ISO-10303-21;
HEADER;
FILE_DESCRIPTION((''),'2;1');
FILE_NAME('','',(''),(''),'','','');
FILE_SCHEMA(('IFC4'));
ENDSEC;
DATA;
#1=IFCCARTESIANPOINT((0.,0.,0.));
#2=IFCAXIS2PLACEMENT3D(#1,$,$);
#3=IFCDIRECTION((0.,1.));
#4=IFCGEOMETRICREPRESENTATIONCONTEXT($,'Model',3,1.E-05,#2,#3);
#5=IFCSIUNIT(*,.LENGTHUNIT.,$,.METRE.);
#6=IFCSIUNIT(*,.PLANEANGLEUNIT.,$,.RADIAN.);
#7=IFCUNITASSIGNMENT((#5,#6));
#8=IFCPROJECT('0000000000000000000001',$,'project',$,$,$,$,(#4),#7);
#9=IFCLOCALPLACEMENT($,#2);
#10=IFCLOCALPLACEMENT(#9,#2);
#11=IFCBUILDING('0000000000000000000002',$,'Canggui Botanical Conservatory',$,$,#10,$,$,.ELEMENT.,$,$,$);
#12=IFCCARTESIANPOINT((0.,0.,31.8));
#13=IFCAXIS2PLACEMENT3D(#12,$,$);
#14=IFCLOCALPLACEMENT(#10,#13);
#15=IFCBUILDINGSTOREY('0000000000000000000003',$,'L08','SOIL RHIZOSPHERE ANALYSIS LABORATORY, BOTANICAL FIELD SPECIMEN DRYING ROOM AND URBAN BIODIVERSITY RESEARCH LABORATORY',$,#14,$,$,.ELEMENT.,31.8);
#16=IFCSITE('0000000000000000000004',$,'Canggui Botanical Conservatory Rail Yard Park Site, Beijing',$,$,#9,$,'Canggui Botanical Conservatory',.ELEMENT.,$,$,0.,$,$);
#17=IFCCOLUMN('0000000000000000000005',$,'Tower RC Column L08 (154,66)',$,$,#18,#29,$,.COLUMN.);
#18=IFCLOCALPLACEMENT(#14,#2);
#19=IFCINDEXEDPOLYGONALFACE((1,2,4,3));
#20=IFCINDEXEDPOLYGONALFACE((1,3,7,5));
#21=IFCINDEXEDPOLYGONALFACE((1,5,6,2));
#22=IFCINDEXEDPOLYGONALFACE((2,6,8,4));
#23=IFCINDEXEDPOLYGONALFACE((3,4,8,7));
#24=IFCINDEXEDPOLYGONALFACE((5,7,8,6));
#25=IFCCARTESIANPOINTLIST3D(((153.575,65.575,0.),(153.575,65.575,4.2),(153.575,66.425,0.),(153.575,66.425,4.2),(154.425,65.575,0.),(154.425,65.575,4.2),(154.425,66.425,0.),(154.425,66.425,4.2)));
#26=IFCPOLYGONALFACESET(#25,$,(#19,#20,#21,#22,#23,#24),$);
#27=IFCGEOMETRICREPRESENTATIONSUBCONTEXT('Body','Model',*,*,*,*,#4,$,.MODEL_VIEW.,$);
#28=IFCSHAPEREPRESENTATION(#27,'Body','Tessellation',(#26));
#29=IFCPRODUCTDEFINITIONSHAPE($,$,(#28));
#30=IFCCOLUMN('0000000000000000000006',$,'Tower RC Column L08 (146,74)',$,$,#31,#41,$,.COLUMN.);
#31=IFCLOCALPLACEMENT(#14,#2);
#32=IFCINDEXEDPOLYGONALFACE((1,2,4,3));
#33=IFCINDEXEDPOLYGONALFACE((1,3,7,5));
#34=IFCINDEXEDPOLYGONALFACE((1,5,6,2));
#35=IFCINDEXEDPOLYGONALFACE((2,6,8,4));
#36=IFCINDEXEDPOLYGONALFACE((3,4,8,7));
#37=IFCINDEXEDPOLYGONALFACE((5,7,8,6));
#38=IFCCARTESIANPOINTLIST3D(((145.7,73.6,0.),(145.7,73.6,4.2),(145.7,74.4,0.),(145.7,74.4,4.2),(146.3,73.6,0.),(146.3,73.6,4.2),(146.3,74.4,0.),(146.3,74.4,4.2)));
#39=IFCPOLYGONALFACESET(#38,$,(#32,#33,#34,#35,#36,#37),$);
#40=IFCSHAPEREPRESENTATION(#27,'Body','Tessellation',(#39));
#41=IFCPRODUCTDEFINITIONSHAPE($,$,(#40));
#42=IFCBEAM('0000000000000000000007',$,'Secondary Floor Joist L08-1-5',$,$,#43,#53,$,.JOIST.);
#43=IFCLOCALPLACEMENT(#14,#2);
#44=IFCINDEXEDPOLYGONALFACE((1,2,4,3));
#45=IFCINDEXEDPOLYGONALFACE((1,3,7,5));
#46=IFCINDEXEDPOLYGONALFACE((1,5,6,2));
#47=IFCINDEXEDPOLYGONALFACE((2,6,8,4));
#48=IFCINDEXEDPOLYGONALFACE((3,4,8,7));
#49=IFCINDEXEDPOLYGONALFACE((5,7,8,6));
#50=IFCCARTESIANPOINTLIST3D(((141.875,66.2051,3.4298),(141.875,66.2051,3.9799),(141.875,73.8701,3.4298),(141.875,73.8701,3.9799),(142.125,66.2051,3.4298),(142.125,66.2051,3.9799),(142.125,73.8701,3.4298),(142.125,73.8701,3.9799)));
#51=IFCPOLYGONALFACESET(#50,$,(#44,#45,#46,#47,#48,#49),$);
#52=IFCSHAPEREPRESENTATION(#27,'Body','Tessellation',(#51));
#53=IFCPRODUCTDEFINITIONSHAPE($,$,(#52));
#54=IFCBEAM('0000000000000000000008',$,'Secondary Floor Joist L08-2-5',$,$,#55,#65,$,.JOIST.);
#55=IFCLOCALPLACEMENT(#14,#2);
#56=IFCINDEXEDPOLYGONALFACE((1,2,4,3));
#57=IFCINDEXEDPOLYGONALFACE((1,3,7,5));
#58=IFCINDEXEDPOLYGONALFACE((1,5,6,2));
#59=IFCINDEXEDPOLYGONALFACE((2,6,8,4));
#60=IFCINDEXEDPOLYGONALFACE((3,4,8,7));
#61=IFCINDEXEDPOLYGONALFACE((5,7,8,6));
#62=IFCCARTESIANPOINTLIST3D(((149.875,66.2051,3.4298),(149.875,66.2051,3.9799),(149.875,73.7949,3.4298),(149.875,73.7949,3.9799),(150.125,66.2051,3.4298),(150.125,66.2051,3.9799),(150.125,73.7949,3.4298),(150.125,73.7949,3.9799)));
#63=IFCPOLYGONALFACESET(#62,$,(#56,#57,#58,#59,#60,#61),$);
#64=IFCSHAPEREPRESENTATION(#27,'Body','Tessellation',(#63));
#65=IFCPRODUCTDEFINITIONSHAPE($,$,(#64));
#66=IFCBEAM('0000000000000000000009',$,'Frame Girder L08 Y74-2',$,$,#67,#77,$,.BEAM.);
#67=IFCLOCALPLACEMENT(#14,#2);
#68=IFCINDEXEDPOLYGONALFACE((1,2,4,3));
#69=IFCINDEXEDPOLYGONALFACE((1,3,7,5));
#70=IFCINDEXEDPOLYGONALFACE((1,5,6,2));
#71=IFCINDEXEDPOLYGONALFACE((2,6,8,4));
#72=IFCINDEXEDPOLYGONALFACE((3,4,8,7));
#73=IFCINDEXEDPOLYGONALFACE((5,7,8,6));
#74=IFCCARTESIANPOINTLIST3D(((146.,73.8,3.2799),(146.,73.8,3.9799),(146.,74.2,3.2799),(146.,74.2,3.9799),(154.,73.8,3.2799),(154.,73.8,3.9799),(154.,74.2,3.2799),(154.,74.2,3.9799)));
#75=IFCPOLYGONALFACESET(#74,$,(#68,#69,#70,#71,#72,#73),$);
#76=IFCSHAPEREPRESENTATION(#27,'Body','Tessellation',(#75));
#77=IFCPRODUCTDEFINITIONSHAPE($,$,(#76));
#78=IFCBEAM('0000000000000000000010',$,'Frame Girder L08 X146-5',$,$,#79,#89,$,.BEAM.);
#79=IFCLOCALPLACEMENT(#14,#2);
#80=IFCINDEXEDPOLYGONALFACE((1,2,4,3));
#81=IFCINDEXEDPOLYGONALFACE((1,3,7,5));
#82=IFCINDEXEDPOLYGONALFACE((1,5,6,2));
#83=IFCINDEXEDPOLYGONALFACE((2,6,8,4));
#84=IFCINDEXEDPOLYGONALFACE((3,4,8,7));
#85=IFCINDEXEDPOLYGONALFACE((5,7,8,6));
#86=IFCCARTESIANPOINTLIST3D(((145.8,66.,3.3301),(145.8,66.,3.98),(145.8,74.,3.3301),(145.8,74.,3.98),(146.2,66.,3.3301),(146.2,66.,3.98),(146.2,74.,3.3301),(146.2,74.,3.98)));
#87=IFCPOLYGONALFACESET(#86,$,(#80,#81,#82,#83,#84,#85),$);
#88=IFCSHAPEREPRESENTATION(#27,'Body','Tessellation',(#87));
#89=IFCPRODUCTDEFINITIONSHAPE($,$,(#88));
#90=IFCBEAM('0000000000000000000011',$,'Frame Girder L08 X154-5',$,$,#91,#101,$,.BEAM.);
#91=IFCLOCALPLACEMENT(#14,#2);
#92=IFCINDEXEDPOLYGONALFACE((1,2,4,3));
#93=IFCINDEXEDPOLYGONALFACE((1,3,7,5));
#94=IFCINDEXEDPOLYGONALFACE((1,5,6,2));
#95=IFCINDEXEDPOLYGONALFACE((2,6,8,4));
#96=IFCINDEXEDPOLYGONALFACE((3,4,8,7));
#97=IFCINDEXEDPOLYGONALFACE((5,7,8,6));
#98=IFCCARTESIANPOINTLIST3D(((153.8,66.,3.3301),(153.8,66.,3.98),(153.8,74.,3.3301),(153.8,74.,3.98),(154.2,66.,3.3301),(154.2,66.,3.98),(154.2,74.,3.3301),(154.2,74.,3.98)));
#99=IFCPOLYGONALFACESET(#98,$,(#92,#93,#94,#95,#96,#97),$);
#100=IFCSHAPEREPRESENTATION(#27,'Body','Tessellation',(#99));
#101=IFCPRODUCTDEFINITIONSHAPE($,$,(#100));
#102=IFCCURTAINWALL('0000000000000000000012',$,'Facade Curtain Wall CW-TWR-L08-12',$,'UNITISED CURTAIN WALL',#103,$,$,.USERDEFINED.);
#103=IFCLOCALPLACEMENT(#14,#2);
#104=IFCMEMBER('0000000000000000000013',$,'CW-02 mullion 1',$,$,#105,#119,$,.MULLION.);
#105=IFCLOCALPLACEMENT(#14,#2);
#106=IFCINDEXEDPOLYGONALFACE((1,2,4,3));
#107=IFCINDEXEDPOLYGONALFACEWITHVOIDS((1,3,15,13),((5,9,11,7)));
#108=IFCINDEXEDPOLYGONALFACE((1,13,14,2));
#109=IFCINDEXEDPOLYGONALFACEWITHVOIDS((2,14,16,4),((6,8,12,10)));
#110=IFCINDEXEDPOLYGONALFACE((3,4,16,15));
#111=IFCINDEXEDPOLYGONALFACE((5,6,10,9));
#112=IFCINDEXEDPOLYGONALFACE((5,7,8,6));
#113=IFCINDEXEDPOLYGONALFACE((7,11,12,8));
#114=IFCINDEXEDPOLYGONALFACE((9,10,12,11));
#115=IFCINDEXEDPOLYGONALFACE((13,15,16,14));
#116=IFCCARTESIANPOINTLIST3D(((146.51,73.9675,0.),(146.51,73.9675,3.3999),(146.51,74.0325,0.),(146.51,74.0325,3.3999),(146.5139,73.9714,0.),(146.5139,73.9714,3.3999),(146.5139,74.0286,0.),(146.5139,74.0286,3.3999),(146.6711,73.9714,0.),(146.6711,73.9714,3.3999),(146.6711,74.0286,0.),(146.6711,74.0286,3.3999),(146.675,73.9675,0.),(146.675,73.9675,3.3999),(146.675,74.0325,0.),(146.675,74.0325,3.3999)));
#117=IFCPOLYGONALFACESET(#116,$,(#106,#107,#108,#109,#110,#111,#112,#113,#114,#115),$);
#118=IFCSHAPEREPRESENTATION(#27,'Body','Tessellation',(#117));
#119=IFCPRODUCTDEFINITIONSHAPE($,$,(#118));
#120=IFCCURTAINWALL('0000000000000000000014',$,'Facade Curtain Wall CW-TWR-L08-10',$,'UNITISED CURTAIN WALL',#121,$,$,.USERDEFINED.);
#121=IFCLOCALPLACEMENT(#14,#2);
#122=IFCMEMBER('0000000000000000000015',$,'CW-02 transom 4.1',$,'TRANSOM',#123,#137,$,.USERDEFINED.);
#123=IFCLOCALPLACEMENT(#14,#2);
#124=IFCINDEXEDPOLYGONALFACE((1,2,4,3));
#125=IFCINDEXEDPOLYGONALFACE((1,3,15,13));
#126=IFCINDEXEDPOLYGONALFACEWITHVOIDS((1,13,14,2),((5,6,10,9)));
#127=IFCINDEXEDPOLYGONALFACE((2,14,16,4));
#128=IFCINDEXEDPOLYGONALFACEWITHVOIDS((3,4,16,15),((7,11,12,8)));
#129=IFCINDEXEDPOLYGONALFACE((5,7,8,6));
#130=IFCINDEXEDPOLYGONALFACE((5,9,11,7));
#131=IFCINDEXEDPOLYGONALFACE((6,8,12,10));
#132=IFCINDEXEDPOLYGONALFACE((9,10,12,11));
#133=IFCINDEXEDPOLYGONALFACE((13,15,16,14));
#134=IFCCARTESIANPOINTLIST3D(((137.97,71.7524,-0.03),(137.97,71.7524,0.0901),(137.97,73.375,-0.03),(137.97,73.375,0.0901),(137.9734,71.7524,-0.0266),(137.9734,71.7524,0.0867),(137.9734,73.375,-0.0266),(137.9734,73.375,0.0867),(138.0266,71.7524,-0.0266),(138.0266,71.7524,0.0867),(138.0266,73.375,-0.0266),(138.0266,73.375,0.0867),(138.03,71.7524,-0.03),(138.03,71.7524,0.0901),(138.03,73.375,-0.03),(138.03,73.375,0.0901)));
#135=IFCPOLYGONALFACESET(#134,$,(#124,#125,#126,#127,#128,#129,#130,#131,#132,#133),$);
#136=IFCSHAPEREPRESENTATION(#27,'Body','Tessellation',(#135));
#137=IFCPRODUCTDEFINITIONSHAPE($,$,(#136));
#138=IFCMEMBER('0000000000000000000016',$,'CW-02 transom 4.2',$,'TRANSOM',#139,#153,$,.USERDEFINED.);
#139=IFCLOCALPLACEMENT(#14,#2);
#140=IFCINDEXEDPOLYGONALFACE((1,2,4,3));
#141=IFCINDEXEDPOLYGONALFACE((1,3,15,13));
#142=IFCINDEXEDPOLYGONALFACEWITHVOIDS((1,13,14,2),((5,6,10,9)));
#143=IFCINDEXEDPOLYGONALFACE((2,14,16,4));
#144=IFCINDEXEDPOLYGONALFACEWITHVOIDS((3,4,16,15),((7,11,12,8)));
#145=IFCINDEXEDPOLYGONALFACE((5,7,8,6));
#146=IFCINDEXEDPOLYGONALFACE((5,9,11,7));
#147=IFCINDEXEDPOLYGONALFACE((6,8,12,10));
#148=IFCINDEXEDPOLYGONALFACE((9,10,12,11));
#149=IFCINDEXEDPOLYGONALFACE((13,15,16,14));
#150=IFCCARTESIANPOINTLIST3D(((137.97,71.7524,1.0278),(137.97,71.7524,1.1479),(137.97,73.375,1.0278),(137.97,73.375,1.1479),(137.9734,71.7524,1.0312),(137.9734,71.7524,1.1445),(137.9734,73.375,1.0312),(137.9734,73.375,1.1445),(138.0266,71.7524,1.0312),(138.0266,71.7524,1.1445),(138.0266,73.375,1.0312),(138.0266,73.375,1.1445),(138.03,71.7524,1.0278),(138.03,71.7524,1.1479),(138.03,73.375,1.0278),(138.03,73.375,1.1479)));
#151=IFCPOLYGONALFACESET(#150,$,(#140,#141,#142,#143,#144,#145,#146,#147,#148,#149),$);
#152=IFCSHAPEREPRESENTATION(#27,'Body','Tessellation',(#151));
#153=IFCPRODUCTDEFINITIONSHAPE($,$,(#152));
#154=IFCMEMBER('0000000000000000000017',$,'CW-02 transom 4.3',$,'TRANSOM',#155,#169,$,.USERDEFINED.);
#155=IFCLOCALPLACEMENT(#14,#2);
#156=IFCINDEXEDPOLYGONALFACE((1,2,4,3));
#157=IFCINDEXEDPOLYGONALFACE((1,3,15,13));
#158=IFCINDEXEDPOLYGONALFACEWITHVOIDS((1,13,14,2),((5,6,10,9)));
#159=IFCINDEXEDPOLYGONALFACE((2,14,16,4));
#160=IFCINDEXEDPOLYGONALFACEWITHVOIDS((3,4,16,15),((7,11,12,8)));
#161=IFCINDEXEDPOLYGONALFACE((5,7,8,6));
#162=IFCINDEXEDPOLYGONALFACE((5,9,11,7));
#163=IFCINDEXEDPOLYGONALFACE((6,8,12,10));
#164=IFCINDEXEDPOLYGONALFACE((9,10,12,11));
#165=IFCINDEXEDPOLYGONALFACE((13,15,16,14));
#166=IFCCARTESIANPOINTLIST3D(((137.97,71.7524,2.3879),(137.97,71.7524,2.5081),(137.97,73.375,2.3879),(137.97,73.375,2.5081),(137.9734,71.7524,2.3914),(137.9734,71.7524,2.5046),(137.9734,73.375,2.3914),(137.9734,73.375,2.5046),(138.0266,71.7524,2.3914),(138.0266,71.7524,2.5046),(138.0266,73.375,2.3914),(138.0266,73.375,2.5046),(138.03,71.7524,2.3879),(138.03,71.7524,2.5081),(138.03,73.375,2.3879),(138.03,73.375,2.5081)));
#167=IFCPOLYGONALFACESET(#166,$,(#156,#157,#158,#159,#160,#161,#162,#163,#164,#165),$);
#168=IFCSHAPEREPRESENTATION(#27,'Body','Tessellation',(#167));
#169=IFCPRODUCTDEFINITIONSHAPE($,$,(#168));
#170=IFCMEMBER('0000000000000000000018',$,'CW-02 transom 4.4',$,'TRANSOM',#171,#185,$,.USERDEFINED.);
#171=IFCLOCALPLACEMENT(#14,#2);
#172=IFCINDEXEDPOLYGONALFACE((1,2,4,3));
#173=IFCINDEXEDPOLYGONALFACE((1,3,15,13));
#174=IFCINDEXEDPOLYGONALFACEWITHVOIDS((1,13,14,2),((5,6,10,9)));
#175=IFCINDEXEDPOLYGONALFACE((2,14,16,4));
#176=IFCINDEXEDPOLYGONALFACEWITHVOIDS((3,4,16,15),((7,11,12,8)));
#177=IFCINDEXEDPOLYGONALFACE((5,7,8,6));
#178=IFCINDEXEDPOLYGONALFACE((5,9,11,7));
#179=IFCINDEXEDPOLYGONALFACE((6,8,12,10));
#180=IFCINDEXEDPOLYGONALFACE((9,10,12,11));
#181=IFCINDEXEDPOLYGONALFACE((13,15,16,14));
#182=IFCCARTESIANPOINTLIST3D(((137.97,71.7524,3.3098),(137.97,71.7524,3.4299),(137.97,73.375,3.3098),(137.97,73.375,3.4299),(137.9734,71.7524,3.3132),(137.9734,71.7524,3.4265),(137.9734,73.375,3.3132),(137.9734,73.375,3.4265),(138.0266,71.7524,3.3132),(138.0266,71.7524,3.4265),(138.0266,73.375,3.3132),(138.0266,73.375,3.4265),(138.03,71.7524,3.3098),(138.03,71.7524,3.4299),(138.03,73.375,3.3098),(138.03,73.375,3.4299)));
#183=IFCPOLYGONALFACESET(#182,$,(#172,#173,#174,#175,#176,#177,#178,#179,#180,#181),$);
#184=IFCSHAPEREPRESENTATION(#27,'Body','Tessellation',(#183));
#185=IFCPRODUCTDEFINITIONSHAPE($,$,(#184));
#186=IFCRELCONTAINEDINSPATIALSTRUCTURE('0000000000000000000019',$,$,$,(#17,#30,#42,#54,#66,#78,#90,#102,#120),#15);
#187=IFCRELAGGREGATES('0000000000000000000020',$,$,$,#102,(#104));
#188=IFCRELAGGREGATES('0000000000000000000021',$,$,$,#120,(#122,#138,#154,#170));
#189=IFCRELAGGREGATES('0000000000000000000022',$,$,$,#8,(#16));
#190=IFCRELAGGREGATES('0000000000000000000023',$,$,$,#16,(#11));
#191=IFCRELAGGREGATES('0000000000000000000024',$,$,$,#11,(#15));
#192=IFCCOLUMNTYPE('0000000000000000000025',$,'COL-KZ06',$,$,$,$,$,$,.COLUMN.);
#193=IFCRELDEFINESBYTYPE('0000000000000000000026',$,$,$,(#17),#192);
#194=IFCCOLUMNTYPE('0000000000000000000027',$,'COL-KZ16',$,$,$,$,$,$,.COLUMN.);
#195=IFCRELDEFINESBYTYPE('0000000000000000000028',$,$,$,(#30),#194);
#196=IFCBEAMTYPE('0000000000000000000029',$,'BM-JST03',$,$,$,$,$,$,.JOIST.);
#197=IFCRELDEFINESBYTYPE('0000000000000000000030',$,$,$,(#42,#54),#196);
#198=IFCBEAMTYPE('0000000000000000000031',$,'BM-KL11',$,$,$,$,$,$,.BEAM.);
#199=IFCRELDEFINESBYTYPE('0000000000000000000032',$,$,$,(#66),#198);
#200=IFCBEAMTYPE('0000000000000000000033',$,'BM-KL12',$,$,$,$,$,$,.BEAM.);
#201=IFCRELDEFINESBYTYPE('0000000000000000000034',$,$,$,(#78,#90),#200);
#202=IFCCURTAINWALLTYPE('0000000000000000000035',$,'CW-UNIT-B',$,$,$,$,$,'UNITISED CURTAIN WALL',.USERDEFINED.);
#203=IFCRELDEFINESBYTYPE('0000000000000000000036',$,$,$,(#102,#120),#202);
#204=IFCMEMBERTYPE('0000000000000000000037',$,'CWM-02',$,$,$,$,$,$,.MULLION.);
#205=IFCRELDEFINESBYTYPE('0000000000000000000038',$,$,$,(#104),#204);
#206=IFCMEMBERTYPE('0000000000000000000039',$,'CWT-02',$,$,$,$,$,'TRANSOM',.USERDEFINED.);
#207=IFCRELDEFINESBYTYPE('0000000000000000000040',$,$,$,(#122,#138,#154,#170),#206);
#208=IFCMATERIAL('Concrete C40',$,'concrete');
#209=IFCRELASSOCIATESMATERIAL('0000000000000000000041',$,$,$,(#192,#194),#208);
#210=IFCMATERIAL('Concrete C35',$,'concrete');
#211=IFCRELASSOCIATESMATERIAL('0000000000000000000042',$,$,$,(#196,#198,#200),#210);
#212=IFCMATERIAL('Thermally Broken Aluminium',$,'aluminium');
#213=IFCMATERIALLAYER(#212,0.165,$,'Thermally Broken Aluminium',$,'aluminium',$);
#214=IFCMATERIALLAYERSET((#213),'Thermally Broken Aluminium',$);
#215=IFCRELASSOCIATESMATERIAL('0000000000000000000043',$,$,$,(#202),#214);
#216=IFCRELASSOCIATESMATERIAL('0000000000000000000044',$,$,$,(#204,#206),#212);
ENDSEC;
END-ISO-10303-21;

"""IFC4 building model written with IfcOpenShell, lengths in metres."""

from ifc_helpers import new_model, si_unit, direction, frame, origin, origin_2d, place, context, subcontext, project, spatial, rectangle, hollow_rectangle, extrude, material, layer, layer_set, material_profile, profile_set, type_object, element, aggregate, save


model = new_model("IFC4")

# Units and contexts
model_context = context("Model", 3, precision=1e-05, world=origin(), true_north=direction((0.0, 1.0)))
body_context = subcontext(model_context, "Body", "Model", "MODEL_VIEW")
ifc_project = project(units=[si_unit("LENGTHUNIT", "METRE"), si_unit("PLANEANGLEUNIT", "RADIAN")], contexts=[model_context])

# Site, building, storey
site_placement = place(None, origin())
site = spatial("IfcSite", under=ifc_project, at=site_placement, Name="Canggui Botanical Conservatory Rail Yard Park Site, Beijing", LongName="Canggui Botanical Conservatory", CompositionType="ELEMENT", RefElevation=0.0)
building_placement = place(site_placement, origin())
building = spatial("IfcBuilding", under=site, at=building_placement, Name="Canggui Botanical Conservatory", CompositionType="ELEMENT")
storey_placement = place(building_placement, frame((0.0, 0.0, 31.8)))
storey = spatial("IfcBuildingStorey", under=building, at=storey_placement, Name="L08", Description="SOIL RHIZOSPHERE ANALYSIS LABORATORY, BOTANICAL FIELD SPECIMEN DRYING ROOM AND URBAN BIODIVERSITY RESEARCH LABORATORY", CompositionType="ELEMENT", Elevation=31.8)

# Columns
ifc_material_1 = material(Name="Concrete C40", Category="concrete")
ifc_material_profile_1 = material_profile(ifc_material_1, rectangle(XDim=0.8501, YDim=0.8501, at=origin_2d()), Name="RC 850x850")
ifc_profile_set_1 = profile_set([ifc_material_profile_1], Name="Concrete C40")
column_type_1 = type_object("IfcColumnType", Name="COL-KZ06", PredefinedType="COLUMN", material=ifc_profile_set_1)
column_1_placement = place(storey_placement, frame((154.0, 66.0, 0.0), z_axis=(0.0, 0.0, 1.0), x_axis=(1.0, 0.0, 0.0)))
element("IfcColumn", 1, at=column_1_placement, inside=storey, type_object=column_type_1, Name="Tower RC Column L08 (154,66)", PredefinedType="COLUMN", context=body_context, shape_type="SweptSolid", body=[
    extrude(rectangle(XDim=0.8501, YDim=0.8501, at=origin_2d()), origin(), (0.0, 0.0, 1.0), 4.2),
])
ifc_material_profile_2 = material_profile(ifc_material_1, rectangle(XDim=0.6001, YDim=0.8, at=origin_2d()), Name="RC 600x800")
ifc_profile_set_2 = profile_set([ifc_material_profile_2], Name="Concrete C40")
column_type_2 = type_object("IfcColumnType", Name="COL-KZ16", PredefinedType="COLUMN", material=ifc_profile_set_2)
column_2_placement = place(storey_placement, frame((146.0, 74.0, 0.0), z_axis=(0.0, 0.0, 1.0), x_axis=(1.0, 0.0, 0.0)))
element("IfcColumn", 2, at=column_2_placement, inside=storey, type_object=column_type_2, Name="Tower RC Column L08 (146,74)", PredefinedType="COLUMN", context=body_context, shape_type="SweptSolid", body=[
    extrude(rectangle(XDim=0.6001, YDim=0.8, at=origin_2d()), origin(), (0.0, 0.0, 1.0), 4.2),
])

# Beams
ifc_material_2 = material(Name="Concrete C35", Category="concrete")
ifc_material_profile_3 = material_profile(ifc_material_2, rectangle(XDim=0.25, YDim=0.55, at=origin_2d()), Name="RB 250x550")
ifc_profile_set_3 = profile_set([ifc_material_profile_3], Name="Concrete C35")
beam_type_1 = type_object("IfcBeamType", Name="BM-JST03", PredefinedType="JOIST", material=ifc_profile_set_3)
beam_1_placement = place(storey_placement, frame((142.0, 66.2051, 3.7048), z_axis=(0.0, 1.0, 0.0), x_axis=(-1.0, 0.0, 0.0)))
element("IfcBeam", 3, at=beam_1_placement, inside=storey, type_object=beam_type_1, Name="Secondary Floor Joist L08-1-5", PredefinedType="JOIST", context=body_context, shape_type="SweptSolid", body=[
    extrude(rectangle(XDim=0.25, YDim=0.55, at=origin_2d()), origin(), (0.0, 0.0, 1.0), 7.665),
])
beam_2_placement = place(storey_placement, frame((150.0, 66.2051, 3.7048), z_axis=(0.0, 1.0, 0.0), x_axis=(-1.0, 0.0, 0.0)))
element("IfcBeam", 4, at=beam_2_placement, inside=storey, type_object=beam_type_1, Name="Secondary Floor Joist L08-2-5", PredefinedType="JOIST", context=body_context, shape_type="SweptSolid", body=[
    extrude(rectangle(XDim=0.25, YDim=0.55, at=origin_2d()), origin(), (0.0, 0.0, 1.0), 7.5898),
])
ifc_material_profile_4 = material_profile(ifc_material_2, rectangle(XDim=0.3999, YDim=0.7, at=origin_2d()), Name="RB 400x700")
ifc_profile_set_4 = profile_set([ifc_material_profile_4], Name="Concrete C35")
beam_type_2 = type_object("IfcBeamType", Name="BM-KL11", PredefinedType="BEAM", material=ifc_profile_set_4)
beam_3_placement = place(storey_placement, frame((146.0, 74.0, 3.6299), z_axis=(1.0, 0.0, 0.0), x_axis=(0.0, 1.0, 0.0)))
element("IfcBeam", 5, at=beam_3_placement, inside=storey, type_object=beam_type_2, Name="Frame Girder L08 Y74-2", PredefinedType="BEAM", context=body_context, shape_type="SweptSolid", body=[
    extrude(rectangle(XDim=0.3999, YDim=0.7, at=origin_2d()), origin(), (0.0, 0.0, 1.0), 8.0),
])
ifc_material_profile_5 = material_profile(ifc_material_2, rectangle(XDim=0.3999, YDim=0.6499, at=origin_2d()), Name="RB 400x650")
ifc_profile_set_5 = profile_set([ifc_material_profile_5], Name="Concrete C35")
beam_type_3 = type_object("IfcBeamType", Name="BM-KL12", PredefinedType="BEAM", material=ifc_profile_set_5)
for number, where, z_axis, x_axis, name in (
    (6, (146.0, 66.0, 3.655), (0.0, 1.0, 0.0), (-1.0, 0.0, 0.0), "Frame Girder L08 X146-5"),
    (7, (154.0, 66.0, 3.655), (0.0, 1.0, 0.0), (-1.0, 0.0, 0.0), "Frame Girder L08 X154-5"),
):
    element("IfcBeam", number, at=place(storey_placement, frame(where, z_axis=z_axis, x_axis=x_axis)), inside=storey, type_object=beam_type_3, Name=name, PredefinedType="BEAM", context=body_context, shape_type="SweptSolid", body=[
        extrude(rectangle(XDim=0.3999, YDim=0.6499, at=origin_2d()), origin(), (0.0, 0.0, 1.0), 8.0),
    ])

# Curtain wall, member
ifc_material_3 = material(Name="Thermally Broken Aluminium", Category="aluminium")
ifc_layer_1 = layer(ifc_material_3, 0.165, Name="Thermally Broken Aluminium", Category="aluminium")
ifc_layer_set_1 = layer_set([ifc_layer_1], Name="Thermally Broken Aluminium")
curtain_wall_type = type_object("IfcCurtainWallType", Name="CW-UNIT-B", ElementType="UNITISED CURTAIN WALL", PredefinedType="USERDEFINED", material=ifc_layer_set_1)
curtain_wall_1_placement = place(storey_placement, origin())
curtain_wall_1 = element("IfcCurtainWall", 8, at=curtain_wall_1_placement, inside=storey, type_object=curtain_wall_type, Name="Facade Curtain Wall CW-TWR-L08-12", ObjectType="UNITISED CURTAIN WALL", PredefinedType="USERDEFINED")
ifc_material_profile_6 = material_profile(ifc_material_3, hollow_rectangle(XDim=0.0649, YDim=0.165, WallThickness=0.0039, at=origin_2d()), Name="CWM 65x165x4")
ifc_profile_set_6 = profile_set([ifc_material_profile_6], Name="Thermally Broken Aluminium")
member_type_1 = type_object("IfcMemberType", Name="CWM-02", PredefinedType="MULLION", material=ifc_profile_set_6)
member_1_placement = place(storey_placement, frame((146.5925, 74.0, 0.0), z_axis=(0.0, 0.0, 1.0), x_axis=(0.0, 1.0, 0.0)))
member_1 = element("IfcMember", 9, at=member_1_placement, type_object=member_type_1, Name="CW-02 mullion 1", PredefinedType="MULLION", context=body_context, shape_type="SweptSolid", body=[
    extrude(hollow_rectangle(XDim=0.0649, YDim=0.165, WallThickness=0.0039, at=origin_2d()), origin(), (0.0, 0.0, 1.0), 3.3999),
])
aggregate(curtain_wall_1, [member_1])

# Curtain wall, members
curtain_wall_2_placement = place(storey_placement, origin())
curtain_wall_2 = element("IfcCurtainWall", 10, at=curtain_wall_2_placement, inside=storey, type_object=curtain_wall_type, Name="Facade Curtain Wall CW-TWR-L08-10", ObjectType="UNITISED CURTAIN WALL", PredefinedType="USERDEFINED")
ifc_material_profile_7 = material_profile(ifc_material_3, hollow_rectangle(XDim=0.0601, YDim=0.1201, WallThickness=0.0034, at=origin_2d()), Name="CWT 60x120x3.5")
ifc_profile_set_7 = profile_set([ifc_material_profile_7], Name="Thermally Broken Aluminium")
member_type_2 = type_object("IfcMemberType", Name="CWT-02", ElementType="TRANSOM", PredefinedType="USERDEFINED", material=ifc_profile_set_7)
member_2_placement = place(storey_placement, frame((138.0, 71.7524, 0.03), z_axis=(0.0, 1.0, 0.0), x_axis=(-1.0, 0.0, 0.0)))
member_2 = element("IfcMember", 11, at=member_2_placement, type_object=member_type_2, Name="CW-02 transom 4.1", ObjectType="TRANSOM", PredefinedType="USERDEFINED", context=body_context, shape_type="SweptSolid", body=[
    extrude(hollow_rectangle(XDim=0.0601, YDim=0.1201, WallThickness=0.0034, at=origin_2d()), origin(), (0.0, 0.0, 1.0), 1.6226),
])
member_3_placement = place(storey_placement, frame((138.0, 71.7524, 1.0879), z_axis=(0.0, 1.0, 0.0), x_axis=(-1.0, 0.0, 0.0)))
member_3 = element("IfcMember", 12, at=member_3_placement, type_object=member_type_2, Name="CW-02 transom 4.2", ObjectType="TRANSOM", PredefinedType="USERDEFINED", context=body_context, shape_type="SweptSolid", body=[
    extrude(hollow_rectangle(XDim=0.0601, YDim=0.1201, WallThickness=0.0034, at=origin_2d()), origin(), (0.0, 0.0, 1.0), 1.6226),
])
member_4_placement = place(storey_placement, frame((138.0, 71.7524, 2.448), z_axis=(0.0, 1.0, 0.0), x_axis=(-1.0, 0.0, 0.0)))
member_4 = element("IfcMember", 13, at=member_4_placement, type_object=member_type_2, Name="CW-02 transom 4.3", ObjectType="TRANSOM", PredefinedType="USERDEFINED", context=body_context, shape_type="SweptSolid", body=[
    extrude(hollow_rectangle(XDim=0.0601, YDim=0.1201, WallThickness=0.0034, at=origin_2d()), origin(), (0.0, 0.0, 1.0), 1.6226),
])
member_5_placement = place(storey_placement, frame((138.0, 71.7524, 3.3699), z_axis=(0.0, 1.0, 0.0), x_axis=(-1.0, 0.0, 0.0)))
member_5 = element("IfcMember", 14, at=member_5_placement, type_object=member_type_2, Name="CW-02 transom 4.4", ObjectType="TRANSOM", PredefinedType="USERDEFINED", context=body_context, shape_type="SweptSolid", body=[
    extrude(hollow_rectangle(XDim=0.0601, YDim=0.1201, WallThickness=0.0034, at=origin_2d()), origin(), (0.0, 0.0, 1.0), 1.6226),
])
aggregate(curtain_wall_2, [member_2, member_3, member_4, member_5])

save(model, "model.ifc")
